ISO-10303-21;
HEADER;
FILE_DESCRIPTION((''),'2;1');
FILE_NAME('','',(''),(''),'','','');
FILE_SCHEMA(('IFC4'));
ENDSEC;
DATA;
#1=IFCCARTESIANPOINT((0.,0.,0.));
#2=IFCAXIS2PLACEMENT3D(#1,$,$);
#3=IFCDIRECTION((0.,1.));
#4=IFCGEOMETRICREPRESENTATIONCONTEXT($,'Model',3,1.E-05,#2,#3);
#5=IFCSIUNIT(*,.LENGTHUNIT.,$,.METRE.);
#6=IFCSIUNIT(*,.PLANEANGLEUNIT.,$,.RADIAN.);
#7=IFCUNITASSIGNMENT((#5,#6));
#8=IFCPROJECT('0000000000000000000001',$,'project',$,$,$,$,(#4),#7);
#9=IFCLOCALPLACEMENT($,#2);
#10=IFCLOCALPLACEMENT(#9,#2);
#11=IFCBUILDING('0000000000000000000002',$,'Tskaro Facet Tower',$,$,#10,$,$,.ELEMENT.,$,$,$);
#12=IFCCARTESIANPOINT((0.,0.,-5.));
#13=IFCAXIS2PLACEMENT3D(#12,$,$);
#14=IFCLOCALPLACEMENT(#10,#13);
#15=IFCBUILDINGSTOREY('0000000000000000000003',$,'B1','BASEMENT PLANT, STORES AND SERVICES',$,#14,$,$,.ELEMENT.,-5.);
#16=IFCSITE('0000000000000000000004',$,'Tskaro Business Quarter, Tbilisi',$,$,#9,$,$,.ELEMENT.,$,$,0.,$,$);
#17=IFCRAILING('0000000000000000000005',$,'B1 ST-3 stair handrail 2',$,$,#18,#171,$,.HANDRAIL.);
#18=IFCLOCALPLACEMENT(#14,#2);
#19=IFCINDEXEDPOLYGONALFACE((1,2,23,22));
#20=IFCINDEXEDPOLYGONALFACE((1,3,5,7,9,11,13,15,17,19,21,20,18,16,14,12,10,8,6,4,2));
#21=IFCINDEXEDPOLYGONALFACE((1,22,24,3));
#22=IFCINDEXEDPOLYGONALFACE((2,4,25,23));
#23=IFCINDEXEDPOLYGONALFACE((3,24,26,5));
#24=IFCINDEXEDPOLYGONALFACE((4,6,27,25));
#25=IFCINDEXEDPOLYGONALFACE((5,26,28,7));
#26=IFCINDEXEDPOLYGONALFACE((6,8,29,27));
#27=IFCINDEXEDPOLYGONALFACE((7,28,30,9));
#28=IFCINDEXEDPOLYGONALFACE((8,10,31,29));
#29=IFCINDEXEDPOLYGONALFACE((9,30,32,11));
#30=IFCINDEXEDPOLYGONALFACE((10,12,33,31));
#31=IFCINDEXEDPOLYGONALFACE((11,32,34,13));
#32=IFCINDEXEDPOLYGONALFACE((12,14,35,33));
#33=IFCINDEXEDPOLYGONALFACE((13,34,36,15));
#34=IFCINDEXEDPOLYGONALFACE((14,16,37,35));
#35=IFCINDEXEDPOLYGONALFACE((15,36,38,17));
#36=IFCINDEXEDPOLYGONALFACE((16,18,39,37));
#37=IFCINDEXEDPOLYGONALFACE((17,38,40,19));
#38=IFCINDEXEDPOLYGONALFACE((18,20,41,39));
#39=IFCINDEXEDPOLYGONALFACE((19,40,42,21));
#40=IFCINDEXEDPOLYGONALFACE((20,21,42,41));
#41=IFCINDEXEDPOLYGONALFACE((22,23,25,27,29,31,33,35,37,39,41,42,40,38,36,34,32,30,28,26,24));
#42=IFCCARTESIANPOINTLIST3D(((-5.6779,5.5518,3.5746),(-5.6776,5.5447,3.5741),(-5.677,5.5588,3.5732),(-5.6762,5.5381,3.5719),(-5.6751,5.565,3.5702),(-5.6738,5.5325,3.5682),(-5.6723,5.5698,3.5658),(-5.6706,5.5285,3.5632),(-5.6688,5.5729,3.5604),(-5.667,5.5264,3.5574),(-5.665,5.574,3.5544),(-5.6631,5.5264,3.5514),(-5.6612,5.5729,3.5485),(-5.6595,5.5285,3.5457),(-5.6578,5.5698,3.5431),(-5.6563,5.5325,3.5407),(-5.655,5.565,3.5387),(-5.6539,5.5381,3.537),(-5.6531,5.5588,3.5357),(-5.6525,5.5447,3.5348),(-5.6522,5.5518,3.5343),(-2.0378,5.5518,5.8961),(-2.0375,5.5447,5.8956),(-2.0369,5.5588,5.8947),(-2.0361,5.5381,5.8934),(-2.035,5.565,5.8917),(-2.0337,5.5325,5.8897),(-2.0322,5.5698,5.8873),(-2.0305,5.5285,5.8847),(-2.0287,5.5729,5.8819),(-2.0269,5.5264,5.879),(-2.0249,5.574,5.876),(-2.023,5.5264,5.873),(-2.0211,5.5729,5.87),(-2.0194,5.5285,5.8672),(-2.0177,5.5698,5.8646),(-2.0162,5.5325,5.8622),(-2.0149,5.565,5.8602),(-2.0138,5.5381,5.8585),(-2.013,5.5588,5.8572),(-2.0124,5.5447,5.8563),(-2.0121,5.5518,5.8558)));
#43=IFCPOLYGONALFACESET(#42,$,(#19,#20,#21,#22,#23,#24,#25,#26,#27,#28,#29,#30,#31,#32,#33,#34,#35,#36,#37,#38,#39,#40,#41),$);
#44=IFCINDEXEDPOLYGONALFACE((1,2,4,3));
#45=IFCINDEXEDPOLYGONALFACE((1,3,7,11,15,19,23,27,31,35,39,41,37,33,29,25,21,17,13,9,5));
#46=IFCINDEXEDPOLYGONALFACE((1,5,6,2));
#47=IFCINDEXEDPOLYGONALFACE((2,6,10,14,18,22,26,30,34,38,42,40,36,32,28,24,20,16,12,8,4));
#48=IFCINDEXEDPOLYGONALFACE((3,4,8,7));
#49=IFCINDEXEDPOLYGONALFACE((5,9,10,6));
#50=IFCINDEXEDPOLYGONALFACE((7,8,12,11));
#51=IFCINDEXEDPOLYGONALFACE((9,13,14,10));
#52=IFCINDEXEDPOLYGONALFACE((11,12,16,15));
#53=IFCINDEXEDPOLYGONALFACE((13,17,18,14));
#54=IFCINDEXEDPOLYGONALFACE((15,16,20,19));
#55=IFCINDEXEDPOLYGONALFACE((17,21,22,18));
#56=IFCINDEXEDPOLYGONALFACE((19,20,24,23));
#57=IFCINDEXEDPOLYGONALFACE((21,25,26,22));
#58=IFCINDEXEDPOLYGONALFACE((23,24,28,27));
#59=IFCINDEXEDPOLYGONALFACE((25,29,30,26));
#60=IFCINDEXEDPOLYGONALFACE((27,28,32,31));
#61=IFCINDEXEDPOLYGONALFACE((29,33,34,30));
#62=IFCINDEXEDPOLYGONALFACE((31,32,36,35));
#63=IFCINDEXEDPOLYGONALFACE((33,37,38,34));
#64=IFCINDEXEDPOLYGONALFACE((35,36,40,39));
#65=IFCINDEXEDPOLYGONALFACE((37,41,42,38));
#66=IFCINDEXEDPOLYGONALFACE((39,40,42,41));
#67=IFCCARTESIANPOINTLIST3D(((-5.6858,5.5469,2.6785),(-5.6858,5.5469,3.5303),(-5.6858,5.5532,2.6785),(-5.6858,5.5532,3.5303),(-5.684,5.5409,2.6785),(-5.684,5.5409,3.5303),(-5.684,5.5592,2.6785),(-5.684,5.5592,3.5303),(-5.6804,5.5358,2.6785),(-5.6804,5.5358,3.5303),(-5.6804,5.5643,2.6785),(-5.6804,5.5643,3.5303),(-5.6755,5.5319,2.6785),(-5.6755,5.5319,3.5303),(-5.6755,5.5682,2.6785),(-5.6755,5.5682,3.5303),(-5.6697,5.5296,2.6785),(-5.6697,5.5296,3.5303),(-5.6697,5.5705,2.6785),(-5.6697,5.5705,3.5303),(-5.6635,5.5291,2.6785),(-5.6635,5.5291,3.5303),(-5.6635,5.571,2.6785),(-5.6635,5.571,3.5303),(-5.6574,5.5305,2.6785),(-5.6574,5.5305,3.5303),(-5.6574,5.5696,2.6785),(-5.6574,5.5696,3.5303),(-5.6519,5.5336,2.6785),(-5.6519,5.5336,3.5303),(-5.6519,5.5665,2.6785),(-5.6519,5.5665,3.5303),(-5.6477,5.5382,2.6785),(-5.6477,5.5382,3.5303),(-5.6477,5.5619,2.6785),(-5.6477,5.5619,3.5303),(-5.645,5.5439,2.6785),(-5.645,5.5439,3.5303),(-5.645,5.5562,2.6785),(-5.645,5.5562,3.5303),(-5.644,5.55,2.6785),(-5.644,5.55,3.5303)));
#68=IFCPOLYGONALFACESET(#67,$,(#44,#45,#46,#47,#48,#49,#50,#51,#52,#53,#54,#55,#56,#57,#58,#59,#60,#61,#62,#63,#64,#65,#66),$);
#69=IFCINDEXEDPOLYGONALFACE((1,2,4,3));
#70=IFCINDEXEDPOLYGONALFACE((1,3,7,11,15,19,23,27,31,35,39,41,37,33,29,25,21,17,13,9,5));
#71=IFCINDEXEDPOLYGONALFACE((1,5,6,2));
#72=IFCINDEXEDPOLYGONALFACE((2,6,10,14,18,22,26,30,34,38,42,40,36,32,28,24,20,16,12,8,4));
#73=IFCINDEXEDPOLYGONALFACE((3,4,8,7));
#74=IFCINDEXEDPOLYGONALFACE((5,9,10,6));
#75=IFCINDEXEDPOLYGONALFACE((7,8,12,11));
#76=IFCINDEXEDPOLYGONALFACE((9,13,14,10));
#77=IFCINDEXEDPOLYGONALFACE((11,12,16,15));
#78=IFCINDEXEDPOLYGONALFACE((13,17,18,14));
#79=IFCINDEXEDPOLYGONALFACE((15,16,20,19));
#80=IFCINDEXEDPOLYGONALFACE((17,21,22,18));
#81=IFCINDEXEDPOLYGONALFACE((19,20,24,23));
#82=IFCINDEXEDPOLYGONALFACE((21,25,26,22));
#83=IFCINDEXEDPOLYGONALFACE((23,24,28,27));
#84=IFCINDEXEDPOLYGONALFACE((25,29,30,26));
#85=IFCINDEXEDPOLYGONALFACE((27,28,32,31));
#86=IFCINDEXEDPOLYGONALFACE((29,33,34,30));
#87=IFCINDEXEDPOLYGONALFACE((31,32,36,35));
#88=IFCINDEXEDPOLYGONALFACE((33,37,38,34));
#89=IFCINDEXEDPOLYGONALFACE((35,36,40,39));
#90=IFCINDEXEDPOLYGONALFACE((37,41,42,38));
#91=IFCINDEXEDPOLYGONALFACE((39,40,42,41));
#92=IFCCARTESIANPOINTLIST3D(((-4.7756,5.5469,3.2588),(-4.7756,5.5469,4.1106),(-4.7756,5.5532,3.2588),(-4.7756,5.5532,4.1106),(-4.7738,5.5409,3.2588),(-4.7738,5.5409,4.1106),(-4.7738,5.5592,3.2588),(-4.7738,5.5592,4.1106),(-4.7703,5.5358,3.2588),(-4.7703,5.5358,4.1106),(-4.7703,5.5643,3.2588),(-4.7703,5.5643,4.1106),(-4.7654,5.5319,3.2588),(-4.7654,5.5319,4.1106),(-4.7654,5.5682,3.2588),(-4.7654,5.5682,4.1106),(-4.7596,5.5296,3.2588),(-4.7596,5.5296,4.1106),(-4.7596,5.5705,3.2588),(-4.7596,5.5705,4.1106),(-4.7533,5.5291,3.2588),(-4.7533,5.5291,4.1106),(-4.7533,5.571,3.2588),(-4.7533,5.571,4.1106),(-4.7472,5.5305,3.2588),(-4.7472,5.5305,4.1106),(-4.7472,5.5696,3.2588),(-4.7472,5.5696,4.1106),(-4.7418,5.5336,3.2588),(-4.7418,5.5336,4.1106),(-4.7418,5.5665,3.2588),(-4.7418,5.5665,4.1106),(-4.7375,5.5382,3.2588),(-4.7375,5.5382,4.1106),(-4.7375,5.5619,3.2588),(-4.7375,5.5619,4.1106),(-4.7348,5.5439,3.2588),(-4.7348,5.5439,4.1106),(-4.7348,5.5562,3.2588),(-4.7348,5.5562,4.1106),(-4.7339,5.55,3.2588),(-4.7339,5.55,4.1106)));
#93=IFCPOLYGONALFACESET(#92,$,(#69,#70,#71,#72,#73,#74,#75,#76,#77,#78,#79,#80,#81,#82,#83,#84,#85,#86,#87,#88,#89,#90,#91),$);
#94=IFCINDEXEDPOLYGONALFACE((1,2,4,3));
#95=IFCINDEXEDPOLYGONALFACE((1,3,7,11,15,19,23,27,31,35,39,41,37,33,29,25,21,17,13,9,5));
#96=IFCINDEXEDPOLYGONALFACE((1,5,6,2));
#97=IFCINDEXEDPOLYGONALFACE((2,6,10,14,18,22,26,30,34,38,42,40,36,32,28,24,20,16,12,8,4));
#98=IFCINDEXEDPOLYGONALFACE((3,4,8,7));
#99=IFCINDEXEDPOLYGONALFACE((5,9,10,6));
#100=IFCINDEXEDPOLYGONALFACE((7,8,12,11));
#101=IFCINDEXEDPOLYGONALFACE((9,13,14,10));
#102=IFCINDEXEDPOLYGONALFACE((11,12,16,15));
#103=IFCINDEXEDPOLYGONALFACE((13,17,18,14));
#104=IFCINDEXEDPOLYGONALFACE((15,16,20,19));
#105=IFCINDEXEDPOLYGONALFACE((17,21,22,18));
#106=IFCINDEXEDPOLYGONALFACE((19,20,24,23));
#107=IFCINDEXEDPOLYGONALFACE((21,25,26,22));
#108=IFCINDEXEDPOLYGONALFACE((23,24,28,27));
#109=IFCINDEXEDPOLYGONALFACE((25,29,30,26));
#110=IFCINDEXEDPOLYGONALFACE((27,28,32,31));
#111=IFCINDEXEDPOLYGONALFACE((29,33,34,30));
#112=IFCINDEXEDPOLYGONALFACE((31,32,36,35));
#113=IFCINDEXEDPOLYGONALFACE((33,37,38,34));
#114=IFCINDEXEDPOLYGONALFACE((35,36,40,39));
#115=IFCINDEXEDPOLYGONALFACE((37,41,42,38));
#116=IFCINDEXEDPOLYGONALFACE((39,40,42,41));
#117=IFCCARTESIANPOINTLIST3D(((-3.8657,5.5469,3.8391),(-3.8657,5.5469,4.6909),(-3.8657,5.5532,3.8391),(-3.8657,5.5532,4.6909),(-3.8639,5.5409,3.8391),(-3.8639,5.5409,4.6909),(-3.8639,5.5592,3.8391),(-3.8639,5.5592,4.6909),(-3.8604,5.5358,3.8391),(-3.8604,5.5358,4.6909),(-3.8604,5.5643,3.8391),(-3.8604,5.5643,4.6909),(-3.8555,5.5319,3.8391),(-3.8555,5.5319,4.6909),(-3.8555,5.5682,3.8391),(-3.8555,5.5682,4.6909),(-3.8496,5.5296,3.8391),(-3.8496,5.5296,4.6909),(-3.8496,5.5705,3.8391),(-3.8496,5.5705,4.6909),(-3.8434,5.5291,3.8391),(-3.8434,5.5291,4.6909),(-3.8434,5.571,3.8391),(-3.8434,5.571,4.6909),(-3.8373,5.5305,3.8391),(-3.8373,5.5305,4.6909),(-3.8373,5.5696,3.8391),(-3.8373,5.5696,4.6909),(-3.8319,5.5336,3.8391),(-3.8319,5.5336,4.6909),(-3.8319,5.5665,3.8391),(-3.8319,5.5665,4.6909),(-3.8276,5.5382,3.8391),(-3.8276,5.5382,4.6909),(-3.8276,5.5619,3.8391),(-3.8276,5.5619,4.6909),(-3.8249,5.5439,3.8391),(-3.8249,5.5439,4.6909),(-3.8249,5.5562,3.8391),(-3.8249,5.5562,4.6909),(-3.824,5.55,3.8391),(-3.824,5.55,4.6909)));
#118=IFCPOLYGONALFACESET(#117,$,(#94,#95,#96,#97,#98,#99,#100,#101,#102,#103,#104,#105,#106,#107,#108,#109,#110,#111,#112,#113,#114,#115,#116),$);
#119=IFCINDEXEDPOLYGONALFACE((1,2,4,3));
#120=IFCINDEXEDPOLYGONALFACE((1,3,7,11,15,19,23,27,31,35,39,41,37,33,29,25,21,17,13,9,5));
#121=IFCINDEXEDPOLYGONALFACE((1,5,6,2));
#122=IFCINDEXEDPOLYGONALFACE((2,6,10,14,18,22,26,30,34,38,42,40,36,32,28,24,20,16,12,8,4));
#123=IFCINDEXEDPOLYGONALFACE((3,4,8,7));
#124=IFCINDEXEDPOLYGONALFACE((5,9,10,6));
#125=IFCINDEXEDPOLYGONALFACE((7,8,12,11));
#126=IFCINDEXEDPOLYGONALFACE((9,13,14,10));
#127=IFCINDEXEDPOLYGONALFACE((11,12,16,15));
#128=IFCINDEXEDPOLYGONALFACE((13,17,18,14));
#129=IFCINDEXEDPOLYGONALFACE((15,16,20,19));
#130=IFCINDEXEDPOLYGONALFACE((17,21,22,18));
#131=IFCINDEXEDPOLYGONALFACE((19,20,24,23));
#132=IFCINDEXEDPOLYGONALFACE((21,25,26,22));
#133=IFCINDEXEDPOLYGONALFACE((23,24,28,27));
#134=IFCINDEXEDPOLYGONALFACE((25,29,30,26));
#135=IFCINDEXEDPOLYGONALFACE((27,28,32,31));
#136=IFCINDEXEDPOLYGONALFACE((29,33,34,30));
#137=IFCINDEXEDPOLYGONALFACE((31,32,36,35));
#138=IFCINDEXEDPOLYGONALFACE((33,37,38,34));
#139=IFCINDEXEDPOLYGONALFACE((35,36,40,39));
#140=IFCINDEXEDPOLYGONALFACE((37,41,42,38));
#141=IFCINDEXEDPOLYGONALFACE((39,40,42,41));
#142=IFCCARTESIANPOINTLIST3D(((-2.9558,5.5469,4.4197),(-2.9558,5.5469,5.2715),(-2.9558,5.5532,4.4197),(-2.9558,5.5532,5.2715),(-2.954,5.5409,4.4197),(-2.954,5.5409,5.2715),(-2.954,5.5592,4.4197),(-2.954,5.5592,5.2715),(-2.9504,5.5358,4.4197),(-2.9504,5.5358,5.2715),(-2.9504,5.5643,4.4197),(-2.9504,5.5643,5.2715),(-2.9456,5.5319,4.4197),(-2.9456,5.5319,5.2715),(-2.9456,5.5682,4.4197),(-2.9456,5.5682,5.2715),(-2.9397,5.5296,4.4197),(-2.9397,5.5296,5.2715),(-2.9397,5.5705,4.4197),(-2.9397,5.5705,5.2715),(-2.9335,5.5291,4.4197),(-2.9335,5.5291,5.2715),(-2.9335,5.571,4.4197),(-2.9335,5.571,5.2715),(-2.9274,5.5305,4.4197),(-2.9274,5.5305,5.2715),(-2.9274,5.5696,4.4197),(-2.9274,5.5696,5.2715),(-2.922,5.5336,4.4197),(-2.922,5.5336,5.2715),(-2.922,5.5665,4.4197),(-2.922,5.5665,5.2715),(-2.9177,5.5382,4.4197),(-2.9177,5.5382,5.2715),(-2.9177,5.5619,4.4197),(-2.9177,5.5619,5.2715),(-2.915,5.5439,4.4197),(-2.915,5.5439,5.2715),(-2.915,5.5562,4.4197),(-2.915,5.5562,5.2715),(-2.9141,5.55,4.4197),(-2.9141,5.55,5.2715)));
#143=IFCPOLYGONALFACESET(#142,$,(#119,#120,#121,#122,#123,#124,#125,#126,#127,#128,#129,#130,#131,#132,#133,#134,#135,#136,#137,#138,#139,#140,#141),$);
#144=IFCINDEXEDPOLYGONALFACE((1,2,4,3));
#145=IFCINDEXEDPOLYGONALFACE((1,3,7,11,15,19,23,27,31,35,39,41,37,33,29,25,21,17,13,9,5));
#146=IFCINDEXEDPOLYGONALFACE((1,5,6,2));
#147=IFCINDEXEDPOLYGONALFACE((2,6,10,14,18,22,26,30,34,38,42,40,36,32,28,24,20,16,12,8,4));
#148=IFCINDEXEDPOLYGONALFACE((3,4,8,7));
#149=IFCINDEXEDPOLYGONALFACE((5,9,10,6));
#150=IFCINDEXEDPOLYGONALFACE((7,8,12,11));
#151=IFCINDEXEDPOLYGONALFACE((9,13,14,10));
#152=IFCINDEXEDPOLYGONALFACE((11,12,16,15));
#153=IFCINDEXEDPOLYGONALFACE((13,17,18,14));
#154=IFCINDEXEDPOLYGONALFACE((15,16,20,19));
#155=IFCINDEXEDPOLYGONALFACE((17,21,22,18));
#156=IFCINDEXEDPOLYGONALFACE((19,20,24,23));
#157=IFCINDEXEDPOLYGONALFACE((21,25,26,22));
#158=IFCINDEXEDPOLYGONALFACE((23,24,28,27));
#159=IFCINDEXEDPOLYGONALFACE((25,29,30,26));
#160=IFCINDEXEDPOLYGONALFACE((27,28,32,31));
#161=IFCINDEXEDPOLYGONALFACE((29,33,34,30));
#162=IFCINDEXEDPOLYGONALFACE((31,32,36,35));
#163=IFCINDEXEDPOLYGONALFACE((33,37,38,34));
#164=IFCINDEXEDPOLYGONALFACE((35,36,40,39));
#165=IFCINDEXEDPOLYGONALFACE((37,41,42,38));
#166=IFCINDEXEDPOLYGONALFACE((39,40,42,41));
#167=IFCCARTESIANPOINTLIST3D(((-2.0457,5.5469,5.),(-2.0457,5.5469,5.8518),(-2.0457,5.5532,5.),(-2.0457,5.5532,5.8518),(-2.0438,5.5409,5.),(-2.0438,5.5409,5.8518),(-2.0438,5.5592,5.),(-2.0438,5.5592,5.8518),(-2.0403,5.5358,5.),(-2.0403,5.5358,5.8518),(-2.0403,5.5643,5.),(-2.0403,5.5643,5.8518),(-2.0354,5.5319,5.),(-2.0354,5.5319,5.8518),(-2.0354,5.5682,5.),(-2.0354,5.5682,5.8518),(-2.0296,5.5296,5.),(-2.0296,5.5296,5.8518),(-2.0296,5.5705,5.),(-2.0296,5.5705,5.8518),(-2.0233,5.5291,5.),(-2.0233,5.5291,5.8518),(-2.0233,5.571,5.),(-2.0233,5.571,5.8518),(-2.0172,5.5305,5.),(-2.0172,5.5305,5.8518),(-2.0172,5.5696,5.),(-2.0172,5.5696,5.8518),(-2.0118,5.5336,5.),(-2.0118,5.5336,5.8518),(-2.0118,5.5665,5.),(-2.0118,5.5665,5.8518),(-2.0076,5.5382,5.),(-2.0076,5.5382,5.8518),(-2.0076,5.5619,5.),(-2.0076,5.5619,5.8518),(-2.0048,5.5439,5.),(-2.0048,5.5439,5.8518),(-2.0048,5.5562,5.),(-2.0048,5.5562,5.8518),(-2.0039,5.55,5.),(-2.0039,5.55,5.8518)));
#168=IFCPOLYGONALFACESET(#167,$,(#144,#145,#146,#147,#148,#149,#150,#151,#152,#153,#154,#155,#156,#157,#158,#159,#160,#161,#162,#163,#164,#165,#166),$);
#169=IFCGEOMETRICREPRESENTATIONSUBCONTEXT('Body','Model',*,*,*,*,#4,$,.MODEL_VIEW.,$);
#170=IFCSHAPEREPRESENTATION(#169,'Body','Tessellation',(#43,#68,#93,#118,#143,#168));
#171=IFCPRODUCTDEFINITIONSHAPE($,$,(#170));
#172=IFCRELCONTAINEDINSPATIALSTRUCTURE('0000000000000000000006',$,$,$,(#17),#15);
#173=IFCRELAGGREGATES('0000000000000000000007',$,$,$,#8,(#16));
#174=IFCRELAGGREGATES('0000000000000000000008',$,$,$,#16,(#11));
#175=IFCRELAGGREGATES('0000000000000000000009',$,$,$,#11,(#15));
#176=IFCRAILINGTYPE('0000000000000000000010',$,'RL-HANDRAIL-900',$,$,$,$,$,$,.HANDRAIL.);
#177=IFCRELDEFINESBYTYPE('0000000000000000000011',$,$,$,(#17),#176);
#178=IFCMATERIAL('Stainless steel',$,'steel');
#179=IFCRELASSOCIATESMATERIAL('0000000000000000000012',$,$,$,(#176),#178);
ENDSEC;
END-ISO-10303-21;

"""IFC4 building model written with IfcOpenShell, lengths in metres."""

from ifc_helpers import new_model, si_unit, direction, frame, origin, origin_2d, place, context, subcontext, project, spatial, circle, extrude, material, type_object, element, save


model = new_model("IFC4")

# Units and contexts
model_context = context("Model", 3, precision=1e-05, world=origin(), true_north=direction((0.0, 1.0)))
body_context = subcontext(model_context, "Body", "Model", "MODEL_VIEW")
ifc_project = project(units=[si_unit("LENGTHUNIT", "METRE"), si_unit("PLANEANGLEUNIT", "RADIAN")], contexts=[model_context])

# Site, building, storey
site_placement = place(None, origin())
site = spatial("IfcSite", under=ifc_project, at=site_placement, Name="Tskaro Business Quarter, Tbilisi", CompositionType="ELEMENT", RefElevation=0.0)
building_placement = place(site_placement, origin())
building = spatial("IfcBuilding", under=site, at=building_placement, Name="Tskaro Facet Tower", CompositionType="ELEMENT")
storey_placement = place(building_placement, frame((0.0, 0.0, -5.0)))
storey = spatial("IfcBuildingStorey", under=building, at=storey_placement, Name="B1", Description="BASEMENT PLANT, STORES AND SERVICES", CompositionType="ELEMENT", Elevation=-5.0)

# Railing
ifc_material_1 = material(Name="Stainless steel", Category="steel")
railing_type_1 = type_object("IfcRailingType", Name="RL-HANDRAIL-900", PredefinedType="HANDRAIL", material=ifc_material_1)
railing_1_placement = place(storey_placement, frame((-5.665, 5.55, 2.6785)))
element("IfcRailing", 1, at=railing_1_placement, inside=storey, type_object=railing_type_1, Name="B1 ST-3 stair handrail 2", PredefinedType="HANDRAIL", context=body_context, shape_type="SweptSolid", body=[
    extrude(circle(Radius=0.0239, at=origin_2d()), frame((0.0, 0.0, 0.876), z_axis=(0.843128, 0.0, 0.537713), x_axis=(0.0, 1.0, 0.0)), (0.0, 0.0, 1.0), 4.3174),
    extrude(circle(Radius=0.021, at=origin_2d()), origin(), (0.0, 0.0, 1.0), 0.8518),
    extrude(circle(Radius=0.021, at=origin_2d()), frame((0.9102, 0.0, 0.5803)), (0.0, 0.0, 1.0), 0.8518),
    extrude(circle(Radius=0.021, at=origin_2d()), frame((1.8201, 0.0, 1.1606)), (0.0, 0.0, 1.0), 0.8518),
    extrude(circle(Radius=0.021, at=origin_2d()), frame((2.73, 0.0, 1.7412)), (0.0, 0.0, 1.0), 0.8518),
    extrude(circle(Radius=0.021, at=origin_2d()), frame((3.6401, 0.0, 2.3215)), (0.0, 0.0, 1.0), 0.8518),
])

save(model, "model.ifc")
